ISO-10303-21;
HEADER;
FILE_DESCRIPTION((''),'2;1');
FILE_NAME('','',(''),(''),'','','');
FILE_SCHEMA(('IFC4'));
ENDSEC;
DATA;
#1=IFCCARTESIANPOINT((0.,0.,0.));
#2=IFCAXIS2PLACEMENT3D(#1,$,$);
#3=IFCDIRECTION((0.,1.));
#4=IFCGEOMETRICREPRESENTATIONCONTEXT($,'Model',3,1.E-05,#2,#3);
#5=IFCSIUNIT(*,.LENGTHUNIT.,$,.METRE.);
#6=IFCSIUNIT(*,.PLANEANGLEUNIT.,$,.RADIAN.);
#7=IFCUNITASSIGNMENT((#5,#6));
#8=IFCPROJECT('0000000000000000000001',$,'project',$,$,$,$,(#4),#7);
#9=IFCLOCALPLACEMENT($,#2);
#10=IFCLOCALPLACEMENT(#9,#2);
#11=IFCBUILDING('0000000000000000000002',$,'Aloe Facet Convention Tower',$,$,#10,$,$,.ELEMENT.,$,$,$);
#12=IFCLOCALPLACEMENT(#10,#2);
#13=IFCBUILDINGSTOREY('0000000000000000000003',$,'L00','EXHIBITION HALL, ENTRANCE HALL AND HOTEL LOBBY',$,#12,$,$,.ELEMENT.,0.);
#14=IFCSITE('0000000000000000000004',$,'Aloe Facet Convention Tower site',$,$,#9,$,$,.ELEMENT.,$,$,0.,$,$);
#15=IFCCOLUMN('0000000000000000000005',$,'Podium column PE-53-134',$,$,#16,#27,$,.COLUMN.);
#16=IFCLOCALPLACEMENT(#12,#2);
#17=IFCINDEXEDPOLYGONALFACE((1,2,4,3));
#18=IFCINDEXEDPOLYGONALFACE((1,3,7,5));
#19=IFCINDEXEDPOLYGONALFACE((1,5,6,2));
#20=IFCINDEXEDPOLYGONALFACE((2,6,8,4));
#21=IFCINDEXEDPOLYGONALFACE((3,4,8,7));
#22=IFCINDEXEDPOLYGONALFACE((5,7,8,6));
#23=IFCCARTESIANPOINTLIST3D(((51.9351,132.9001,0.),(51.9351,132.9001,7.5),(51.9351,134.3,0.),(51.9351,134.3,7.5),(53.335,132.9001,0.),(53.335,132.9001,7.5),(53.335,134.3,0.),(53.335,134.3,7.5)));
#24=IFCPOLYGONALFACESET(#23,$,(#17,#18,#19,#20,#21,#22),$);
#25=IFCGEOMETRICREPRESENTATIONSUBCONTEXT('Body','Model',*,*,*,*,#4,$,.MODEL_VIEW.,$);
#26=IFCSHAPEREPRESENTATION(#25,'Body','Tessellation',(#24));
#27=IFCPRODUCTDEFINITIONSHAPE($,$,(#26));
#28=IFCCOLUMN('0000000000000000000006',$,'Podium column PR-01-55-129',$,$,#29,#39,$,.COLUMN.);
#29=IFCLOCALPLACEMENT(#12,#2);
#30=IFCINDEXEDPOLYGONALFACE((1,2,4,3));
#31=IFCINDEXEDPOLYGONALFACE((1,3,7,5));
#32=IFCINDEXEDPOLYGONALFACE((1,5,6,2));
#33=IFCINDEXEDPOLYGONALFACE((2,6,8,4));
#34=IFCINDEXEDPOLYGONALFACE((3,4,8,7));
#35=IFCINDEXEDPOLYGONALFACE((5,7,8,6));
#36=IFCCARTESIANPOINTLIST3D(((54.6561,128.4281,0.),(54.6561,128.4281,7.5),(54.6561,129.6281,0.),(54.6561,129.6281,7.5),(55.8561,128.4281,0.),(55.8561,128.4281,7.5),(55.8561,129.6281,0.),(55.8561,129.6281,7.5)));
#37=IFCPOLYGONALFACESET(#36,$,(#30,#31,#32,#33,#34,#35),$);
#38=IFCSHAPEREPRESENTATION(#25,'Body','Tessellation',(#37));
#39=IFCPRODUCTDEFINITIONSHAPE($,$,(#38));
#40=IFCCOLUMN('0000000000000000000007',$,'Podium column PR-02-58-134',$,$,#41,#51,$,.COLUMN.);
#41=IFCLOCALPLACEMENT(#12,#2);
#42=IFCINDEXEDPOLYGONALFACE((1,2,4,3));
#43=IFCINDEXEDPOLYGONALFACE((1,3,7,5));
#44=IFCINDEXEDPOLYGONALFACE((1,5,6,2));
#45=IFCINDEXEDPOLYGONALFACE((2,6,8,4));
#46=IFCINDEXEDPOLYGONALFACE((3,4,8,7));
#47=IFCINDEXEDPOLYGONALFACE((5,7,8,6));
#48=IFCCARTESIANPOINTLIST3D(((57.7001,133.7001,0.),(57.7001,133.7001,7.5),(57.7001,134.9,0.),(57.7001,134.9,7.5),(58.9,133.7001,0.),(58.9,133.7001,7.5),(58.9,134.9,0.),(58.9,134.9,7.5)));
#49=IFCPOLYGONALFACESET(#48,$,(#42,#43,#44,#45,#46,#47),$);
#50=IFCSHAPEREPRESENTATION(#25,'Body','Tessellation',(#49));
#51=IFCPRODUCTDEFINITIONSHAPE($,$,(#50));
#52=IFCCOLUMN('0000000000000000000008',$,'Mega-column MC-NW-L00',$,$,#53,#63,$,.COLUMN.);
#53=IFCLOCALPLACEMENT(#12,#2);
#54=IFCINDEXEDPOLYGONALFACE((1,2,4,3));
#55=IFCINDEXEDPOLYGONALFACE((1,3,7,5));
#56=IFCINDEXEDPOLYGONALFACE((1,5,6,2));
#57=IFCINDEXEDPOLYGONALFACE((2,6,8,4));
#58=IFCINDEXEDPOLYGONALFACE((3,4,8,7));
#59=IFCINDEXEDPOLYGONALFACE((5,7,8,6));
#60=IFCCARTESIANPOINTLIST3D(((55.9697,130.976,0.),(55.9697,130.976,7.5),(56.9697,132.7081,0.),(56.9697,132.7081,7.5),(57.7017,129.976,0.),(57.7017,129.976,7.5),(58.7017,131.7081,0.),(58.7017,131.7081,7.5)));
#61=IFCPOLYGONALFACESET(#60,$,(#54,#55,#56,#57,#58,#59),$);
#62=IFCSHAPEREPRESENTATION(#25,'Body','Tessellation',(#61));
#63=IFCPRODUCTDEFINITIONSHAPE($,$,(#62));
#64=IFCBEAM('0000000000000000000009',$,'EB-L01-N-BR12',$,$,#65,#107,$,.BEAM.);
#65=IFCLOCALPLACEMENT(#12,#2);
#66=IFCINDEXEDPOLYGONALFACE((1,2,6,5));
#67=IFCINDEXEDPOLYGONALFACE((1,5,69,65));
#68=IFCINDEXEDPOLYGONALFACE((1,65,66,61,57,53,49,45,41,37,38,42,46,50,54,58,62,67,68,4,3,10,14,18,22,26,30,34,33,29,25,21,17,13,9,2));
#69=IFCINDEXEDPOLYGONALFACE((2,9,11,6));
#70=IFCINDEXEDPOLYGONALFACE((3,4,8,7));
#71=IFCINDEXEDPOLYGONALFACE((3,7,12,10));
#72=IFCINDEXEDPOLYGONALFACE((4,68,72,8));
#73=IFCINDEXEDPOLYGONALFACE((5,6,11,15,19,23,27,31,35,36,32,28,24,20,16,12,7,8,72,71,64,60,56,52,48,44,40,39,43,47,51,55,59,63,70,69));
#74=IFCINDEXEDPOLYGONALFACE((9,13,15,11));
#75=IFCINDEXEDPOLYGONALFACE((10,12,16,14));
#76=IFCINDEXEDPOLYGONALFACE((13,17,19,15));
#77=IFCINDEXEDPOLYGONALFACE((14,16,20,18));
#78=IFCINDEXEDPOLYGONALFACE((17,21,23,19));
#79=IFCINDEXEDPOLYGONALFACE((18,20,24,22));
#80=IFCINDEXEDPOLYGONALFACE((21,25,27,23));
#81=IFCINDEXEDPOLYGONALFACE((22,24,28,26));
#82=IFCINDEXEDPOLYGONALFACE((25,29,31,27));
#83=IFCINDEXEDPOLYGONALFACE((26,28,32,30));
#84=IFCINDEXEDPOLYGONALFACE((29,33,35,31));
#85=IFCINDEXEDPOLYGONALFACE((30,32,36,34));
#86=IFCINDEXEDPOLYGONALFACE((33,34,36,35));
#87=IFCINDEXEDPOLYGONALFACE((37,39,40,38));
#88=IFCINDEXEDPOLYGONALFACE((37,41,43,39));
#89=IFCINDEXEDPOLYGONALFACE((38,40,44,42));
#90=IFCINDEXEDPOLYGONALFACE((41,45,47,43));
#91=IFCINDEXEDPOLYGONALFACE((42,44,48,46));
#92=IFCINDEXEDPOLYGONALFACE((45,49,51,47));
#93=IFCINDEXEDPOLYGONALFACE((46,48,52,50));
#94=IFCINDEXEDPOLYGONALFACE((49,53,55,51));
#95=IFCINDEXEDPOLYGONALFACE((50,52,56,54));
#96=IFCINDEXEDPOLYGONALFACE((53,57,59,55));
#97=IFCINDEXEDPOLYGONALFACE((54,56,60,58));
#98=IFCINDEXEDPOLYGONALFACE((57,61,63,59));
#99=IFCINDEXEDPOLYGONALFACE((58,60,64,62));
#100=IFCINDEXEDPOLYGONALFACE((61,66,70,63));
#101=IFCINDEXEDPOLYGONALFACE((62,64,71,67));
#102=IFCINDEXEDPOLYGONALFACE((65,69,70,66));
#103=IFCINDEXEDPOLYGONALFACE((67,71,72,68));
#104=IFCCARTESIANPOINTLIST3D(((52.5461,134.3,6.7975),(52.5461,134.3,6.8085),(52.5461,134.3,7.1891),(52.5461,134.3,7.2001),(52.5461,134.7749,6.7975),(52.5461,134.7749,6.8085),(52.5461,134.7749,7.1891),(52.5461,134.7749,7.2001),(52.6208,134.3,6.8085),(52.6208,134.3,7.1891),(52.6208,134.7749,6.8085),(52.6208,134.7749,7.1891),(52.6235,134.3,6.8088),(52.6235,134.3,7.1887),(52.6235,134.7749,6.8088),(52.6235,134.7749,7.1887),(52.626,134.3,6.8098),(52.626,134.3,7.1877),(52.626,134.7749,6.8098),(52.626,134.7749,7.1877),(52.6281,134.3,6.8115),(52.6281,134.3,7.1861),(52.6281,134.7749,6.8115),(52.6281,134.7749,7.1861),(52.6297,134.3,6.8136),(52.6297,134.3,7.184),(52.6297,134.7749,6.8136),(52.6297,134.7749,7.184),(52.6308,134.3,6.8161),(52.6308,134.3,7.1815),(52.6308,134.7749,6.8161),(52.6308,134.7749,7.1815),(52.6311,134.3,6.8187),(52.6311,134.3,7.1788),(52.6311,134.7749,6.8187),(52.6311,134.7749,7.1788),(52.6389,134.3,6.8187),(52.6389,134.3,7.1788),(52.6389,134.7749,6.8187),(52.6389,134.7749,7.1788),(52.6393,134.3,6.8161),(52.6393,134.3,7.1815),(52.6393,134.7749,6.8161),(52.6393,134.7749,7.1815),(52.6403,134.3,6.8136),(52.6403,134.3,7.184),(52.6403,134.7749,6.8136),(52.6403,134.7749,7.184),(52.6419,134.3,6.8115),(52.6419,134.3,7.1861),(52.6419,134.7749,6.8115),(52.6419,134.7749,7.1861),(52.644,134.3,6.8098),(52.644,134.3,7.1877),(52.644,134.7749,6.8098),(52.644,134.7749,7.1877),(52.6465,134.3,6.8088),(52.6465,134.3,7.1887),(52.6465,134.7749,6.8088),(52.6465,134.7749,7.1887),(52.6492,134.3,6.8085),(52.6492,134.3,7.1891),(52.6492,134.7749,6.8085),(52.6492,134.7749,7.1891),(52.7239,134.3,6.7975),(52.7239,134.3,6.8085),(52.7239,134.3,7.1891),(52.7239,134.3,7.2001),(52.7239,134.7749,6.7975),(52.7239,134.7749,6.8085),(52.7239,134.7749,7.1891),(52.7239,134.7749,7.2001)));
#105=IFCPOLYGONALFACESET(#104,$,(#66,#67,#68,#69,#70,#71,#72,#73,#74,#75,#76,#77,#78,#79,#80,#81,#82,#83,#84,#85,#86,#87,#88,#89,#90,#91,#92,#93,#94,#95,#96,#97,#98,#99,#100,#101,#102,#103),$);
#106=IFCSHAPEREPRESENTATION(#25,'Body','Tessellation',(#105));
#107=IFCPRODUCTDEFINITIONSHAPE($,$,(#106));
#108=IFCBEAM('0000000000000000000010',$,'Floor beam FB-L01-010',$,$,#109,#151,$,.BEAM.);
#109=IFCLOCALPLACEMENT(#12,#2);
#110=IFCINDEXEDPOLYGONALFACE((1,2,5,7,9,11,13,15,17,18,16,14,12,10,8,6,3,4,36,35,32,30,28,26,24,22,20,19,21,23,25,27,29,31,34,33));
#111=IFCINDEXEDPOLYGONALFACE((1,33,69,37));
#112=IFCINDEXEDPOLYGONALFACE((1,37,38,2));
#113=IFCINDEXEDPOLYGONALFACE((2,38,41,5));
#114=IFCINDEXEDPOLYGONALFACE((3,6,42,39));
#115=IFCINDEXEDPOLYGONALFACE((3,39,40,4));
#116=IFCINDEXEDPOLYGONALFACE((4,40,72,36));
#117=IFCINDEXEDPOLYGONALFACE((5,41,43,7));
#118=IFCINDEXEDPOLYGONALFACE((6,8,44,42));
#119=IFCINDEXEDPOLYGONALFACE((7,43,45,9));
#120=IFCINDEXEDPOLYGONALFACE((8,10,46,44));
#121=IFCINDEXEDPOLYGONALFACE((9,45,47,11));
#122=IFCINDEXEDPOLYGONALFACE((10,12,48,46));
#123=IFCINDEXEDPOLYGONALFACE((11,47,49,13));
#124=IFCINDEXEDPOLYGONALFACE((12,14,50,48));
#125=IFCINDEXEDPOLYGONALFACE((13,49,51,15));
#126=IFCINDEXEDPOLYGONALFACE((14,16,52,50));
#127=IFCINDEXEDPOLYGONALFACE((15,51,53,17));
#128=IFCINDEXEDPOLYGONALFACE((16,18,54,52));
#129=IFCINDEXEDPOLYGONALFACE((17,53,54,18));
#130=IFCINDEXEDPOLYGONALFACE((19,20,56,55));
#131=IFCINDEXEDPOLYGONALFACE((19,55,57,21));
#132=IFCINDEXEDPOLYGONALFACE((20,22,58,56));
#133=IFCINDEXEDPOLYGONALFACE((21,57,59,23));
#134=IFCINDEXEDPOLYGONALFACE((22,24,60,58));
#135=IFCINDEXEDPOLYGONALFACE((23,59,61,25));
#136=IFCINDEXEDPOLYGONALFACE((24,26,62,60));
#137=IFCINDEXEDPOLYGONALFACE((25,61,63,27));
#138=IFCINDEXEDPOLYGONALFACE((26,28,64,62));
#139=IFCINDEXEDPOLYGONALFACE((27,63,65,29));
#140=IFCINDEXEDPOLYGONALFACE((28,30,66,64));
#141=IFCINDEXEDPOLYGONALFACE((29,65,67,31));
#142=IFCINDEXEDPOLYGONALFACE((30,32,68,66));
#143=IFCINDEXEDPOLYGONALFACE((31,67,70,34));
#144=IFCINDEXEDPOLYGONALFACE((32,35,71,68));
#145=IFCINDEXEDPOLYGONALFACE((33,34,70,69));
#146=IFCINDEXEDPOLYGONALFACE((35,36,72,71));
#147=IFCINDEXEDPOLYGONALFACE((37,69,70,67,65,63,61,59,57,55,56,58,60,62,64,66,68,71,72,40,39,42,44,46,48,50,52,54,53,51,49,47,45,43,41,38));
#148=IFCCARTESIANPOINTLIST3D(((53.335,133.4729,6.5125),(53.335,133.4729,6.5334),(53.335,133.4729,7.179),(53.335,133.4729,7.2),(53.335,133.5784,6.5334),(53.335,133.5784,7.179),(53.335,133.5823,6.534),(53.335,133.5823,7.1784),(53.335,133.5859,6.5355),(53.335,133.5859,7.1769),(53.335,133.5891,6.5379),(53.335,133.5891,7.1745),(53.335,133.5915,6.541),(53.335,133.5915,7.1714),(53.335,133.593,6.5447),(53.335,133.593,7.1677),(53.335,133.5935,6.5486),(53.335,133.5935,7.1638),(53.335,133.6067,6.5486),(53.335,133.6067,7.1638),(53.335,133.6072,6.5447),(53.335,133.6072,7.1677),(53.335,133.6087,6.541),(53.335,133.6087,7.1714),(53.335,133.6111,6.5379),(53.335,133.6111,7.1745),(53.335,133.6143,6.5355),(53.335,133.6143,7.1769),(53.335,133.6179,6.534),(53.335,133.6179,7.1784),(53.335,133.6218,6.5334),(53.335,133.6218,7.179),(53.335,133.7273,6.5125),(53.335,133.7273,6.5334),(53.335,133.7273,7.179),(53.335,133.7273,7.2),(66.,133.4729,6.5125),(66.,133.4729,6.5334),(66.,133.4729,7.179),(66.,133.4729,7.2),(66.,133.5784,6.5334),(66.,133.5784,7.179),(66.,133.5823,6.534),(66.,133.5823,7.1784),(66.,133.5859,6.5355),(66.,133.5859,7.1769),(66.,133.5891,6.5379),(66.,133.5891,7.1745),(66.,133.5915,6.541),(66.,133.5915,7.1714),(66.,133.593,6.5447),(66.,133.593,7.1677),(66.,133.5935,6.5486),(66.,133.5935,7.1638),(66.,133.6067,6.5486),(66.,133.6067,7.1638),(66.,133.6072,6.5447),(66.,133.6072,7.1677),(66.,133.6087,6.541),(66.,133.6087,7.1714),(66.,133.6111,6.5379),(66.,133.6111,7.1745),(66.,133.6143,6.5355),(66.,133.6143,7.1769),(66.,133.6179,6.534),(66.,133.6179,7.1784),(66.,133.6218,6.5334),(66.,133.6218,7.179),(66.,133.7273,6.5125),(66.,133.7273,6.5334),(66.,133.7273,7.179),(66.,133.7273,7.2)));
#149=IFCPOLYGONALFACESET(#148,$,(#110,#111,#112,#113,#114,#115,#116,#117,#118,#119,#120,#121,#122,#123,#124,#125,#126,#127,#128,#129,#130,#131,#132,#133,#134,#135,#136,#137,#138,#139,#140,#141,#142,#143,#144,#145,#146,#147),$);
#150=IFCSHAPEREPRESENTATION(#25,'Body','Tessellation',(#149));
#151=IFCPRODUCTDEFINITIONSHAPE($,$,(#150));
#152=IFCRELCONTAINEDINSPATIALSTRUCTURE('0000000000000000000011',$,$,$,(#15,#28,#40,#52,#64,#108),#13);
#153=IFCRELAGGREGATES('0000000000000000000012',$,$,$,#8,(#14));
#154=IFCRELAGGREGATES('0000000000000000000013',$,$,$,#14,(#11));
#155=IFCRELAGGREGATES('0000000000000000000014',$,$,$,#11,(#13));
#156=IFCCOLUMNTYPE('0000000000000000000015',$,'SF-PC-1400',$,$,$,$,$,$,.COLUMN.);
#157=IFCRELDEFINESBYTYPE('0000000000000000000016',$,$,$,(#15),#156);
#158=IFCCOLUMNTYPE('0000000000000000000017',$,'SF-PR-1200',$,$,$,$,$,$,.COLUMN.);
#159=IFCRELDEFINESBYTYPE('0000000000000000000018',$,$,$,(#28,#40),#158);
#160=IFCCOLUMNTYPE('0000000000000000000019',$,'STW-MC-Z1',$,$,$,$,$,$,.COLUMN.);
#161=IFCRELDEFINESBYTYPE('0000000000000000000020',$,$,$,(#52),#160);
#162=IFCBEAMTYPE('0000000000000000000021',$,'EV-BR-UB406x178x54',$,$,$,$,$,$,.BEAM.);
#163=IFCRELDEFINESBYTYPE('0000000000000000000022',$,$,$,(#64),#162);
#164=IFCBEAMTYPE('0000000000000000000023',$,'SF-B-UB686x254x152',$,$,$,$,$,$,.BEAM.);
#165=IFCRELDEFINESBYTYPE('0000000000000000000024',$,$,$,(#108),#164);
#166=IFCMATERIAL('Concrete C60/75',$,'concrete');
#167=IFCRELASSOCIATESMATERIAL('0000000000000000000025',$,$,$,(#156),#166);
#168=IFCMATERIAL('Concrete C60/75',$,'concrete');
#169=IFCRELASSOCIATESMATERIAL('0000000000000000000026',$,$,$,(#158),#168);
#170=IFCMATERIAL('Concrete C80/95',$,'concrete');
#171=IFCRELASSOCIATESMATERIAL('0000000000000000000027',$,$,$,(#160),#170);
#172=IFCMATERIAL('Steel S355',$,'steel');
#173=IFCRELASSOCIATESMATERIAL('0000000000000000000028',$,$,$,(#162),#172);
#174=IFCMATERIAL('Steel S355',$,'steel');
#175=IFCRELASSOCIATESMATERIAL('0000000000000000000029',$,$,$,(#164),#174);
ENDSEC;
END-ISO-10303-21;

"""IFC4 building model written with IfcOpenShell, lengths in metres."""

from ifc_helpers import new_model, si_unit, direction, frame, origin, origin_2d, place, context, subcontext, project, spatial, rectangle, i_section, extrude, material, material_profile, profile_set, type_object, element, save


model = new_model("IFC4")

# Units and contexts
model_context = context("Model", 3, precision=1e-05, world=origin(), true_north=direction((0.0, 1.0)))
body_context = subcontext(model_context, "Body", "Model", "MODEL_VIEW")
ifc_project = project(units=[si_unit("LENGTHUNIT", "METRE"), si_unit("PLANEANGLEUNIT", "RADIAN")], contexts=[model_context])

# Site, building, storey
site_placement = place(None, origin())
site = spatial("IfcSite", under=ifc_project, at=site_placement, Name="Aloe Facet Convention Tower site", CompositionType="ELEMENT", RefElevation=0.0)
building_placement = place(site_placement, origin())
building = spatial("IfcBuilding", under=site, at=building_placement, Name="Aloe Facet Convention Tower", CompositionType="ELEMENT")
storey_placement = place(building_placement, origin())
storey = spatial("IfcBuildingStorey", under=building, at=storey_placement, Name="L00", Description="EXHIBITION HALL, ENTRANCE HALL AND HOTEL LOBBY", CompositionType="ELEMENT", Elevation=0.0)

# Columns
ifc_material_1 = material(Name="Concrete C60/75", Category="concrete")
ifc_material_profile_1 = material_profile(ifc_material_1, rectangle(XDim=1.3999, YDim=1.3999, at=origin_2d()), Name="SF-PC-1400")
ifc_profile_set_1 = profile_set([ifc_material_profile_1], Name="Concrete C60/75")
column_type_1 = type_object("IfcColumnType", Name="SF-PC-1400", PredefinedType="COLUMN", material=ifc_profile_set_1)
column_1_placement = place(storey_placement, frame((52.635, 133.6001, 0.0), z_axis=(0.0, 0.0, 1.0), x_axis=(1.0, 0.0, 0.0)))
element("IfcColumn", 1, at=column_1_placement, inside=storey, type_object=column_type_1, Name="Podium column PE-53-134", PredefinedType="COLUMN", context=body_context, shape_type="SweptSolid", body=[
    extrude(rectangle(XDim=1.3999, YDim=1.3999, at=origin_2d()), origin(), (0.0, 0.0, 1.0), 7.5),
])
ifc_material_2 = material(Name="Concrete C60/75", Category="concrete")
ifc_material_profile_2 = material_profile(ifc_material_2, rectangle(XDim=1.2, YDim=1.2, at=origin_2d()), Name="SF-PR-1200")
ifc_profile_set_2 = profile_set([ifc_material_profile_2], Name="Concrete C60/75")
column_type_2 = type_object("IfcColumnType", Name="SF-PR-1200", PredefinedType="COLUMN", material=ifc_profile_set_2)
for number, where, z_axis, x_axis, name in (
    (2, (55.2561, 129.0281, 0.0), (0.0, 0.0, 1.0), (1.0, 0.0, 0.0), "Podium column PR-01-55-129"),
    (3, (58.3, 134.3, 0.0), (0.0, 0.0, 1.0), (1.0, 0.0, 0.0), "Podium column PR-02-58-134"),
):
    element("IfcColumn", number, at=place(storey_placement, frame(where, z_axis=z_axis, x_axis=x_axis)), inside=storey, type_object=column_type_2, Name=name, PredefinedType="COLUMN", context=body_context, shape_type="SweptSolid", body=[
        extrude(rectangle(XDim=1.2, YDim=1.2, at=origin_2d()), origin(), (0.0, 0.0, 1.0), 7.5),
    ])
ifc_material_3 = material(Name="Concrete C80/95", Category="concrete")
ifc_material_profile_3 = material_profile(ifc_material_3, rectangle(XDim=2.0, YDim=2.0, at=origin_2d()), Name="STW-MC-Z1")
ifc_profile_set_3 = profile_set([ifc_material_profile_3], Name="Concrete C80/95")
column_type_3 = type_object("IfcColumnType", Name="STW-MC-Z1", PredefinedType="COLUMN", material=ifc_profile_set_3)
column_2_placement = place(storey_placement, frame((57.3357, 131.342, 0.0), z_axis=(0.0, 0.0, 1.0), x_axis=(-0.5, -0.866025, 0.0)))
element("IfcColumn", 4, at=column_2_placement, inside=storey, type_object=column_type_3, Name="Mega-column MC-NW-L00", PredefinedType="COLUMN", context=body_context, shape_type="SweptSolid", body=[
    extrude(rectangle(XDim=2.0, YDim=2.0, at=origin_2d()), origin(), (0.0, 0.0, 1.0), 7.5),
])

# Beams
ifc_material_4 = material(Name="Steel S355", Category="steel")
ifc_material_profile_4 = material_profile(ifc_material_4, i_section(OverallWidth=0.1777, OverallDepth=0.4026, WebThickness=0.0078, FlangeThickness=0.011, FilletRadius=0.0103, at=origin_2d()), Name="UB 406x178x54")
ifc_profile_set_4 = profile_set([ifc_material_profile_4], Name="Steel S355")
beam_type_1 = type_object("IfcBeamType", Name="EV-BR-UB406x178x54", PredefinedType="BEAM", material=ifc_profile_set_4)
beam_1_placement = place(storey_placement, frame((52.635, 134.3, 6.9988), z_axis=(0.0, 1.0, 0.0), x_axis=(-1.0, 0.0, 0.0)))
element("IfcBeam", 5, at=beam_1_placement, inside=storey, type_object=beam_type_1, Name="EB-L01-N-BR12", PredefinedType="BEAM", context=body_context, shape_type="SweptSolid", body=[
    extrude(i_section(OverallWidth=0.1777, OverallDepth=0.4026, WebThickness=0.0078, FlangeThickness=0.011, FilletRadius=0.0103, at=origin_2d()), origin(), (0.0, 0.0, 1.0), 0.4749),
])
ifc_material_5 = material(Name="Steel S355", Category="steel")
ifc_material_profile_5 = material_profile(ifc_material_5, i_section(OverallWidth=0.2544, OverallDepth=0.6875, WebThickness=0.0132, FlangeThickness=0.021, FilletRadius=0.0151, at=origin_2d()), Name="UB 686x254x152")
ifc_profile_set_5 = profile_set([ifc_material_profile_5], Name="Steel S355")
beam_type_2 = type_object("IfcBeamType", Name="SF-B-UB686x254x152", PredefinedType="BEAM", material=ifc_profile_set_5)
beam_2_placement = place(storey_placement, frame((53.335, 133.6001, 6.8562), z_axis=(1.0, 0.0, 0.0), x_axis=(0.0, 1.0, 0.0)))
element("IfcBeam", 6, at=beam_2_placement, inside=storey, type_object=beam_type_2, Name="Floor beam FB-L01-010", PredefinedType="BEAM", context=body_context, shape_type="SweptSolid", body=[
    extrude(i_section(OverallWidth=0.2544, OverallDepth=0.6875, WebThickness=0.0132, FlangeThickness=0.021, FilletRadius=0.0151, at=origin_2d()), origin(), (0.0, 0.0, 1.0), 12.665),
])

save(model, "model.ifc")
